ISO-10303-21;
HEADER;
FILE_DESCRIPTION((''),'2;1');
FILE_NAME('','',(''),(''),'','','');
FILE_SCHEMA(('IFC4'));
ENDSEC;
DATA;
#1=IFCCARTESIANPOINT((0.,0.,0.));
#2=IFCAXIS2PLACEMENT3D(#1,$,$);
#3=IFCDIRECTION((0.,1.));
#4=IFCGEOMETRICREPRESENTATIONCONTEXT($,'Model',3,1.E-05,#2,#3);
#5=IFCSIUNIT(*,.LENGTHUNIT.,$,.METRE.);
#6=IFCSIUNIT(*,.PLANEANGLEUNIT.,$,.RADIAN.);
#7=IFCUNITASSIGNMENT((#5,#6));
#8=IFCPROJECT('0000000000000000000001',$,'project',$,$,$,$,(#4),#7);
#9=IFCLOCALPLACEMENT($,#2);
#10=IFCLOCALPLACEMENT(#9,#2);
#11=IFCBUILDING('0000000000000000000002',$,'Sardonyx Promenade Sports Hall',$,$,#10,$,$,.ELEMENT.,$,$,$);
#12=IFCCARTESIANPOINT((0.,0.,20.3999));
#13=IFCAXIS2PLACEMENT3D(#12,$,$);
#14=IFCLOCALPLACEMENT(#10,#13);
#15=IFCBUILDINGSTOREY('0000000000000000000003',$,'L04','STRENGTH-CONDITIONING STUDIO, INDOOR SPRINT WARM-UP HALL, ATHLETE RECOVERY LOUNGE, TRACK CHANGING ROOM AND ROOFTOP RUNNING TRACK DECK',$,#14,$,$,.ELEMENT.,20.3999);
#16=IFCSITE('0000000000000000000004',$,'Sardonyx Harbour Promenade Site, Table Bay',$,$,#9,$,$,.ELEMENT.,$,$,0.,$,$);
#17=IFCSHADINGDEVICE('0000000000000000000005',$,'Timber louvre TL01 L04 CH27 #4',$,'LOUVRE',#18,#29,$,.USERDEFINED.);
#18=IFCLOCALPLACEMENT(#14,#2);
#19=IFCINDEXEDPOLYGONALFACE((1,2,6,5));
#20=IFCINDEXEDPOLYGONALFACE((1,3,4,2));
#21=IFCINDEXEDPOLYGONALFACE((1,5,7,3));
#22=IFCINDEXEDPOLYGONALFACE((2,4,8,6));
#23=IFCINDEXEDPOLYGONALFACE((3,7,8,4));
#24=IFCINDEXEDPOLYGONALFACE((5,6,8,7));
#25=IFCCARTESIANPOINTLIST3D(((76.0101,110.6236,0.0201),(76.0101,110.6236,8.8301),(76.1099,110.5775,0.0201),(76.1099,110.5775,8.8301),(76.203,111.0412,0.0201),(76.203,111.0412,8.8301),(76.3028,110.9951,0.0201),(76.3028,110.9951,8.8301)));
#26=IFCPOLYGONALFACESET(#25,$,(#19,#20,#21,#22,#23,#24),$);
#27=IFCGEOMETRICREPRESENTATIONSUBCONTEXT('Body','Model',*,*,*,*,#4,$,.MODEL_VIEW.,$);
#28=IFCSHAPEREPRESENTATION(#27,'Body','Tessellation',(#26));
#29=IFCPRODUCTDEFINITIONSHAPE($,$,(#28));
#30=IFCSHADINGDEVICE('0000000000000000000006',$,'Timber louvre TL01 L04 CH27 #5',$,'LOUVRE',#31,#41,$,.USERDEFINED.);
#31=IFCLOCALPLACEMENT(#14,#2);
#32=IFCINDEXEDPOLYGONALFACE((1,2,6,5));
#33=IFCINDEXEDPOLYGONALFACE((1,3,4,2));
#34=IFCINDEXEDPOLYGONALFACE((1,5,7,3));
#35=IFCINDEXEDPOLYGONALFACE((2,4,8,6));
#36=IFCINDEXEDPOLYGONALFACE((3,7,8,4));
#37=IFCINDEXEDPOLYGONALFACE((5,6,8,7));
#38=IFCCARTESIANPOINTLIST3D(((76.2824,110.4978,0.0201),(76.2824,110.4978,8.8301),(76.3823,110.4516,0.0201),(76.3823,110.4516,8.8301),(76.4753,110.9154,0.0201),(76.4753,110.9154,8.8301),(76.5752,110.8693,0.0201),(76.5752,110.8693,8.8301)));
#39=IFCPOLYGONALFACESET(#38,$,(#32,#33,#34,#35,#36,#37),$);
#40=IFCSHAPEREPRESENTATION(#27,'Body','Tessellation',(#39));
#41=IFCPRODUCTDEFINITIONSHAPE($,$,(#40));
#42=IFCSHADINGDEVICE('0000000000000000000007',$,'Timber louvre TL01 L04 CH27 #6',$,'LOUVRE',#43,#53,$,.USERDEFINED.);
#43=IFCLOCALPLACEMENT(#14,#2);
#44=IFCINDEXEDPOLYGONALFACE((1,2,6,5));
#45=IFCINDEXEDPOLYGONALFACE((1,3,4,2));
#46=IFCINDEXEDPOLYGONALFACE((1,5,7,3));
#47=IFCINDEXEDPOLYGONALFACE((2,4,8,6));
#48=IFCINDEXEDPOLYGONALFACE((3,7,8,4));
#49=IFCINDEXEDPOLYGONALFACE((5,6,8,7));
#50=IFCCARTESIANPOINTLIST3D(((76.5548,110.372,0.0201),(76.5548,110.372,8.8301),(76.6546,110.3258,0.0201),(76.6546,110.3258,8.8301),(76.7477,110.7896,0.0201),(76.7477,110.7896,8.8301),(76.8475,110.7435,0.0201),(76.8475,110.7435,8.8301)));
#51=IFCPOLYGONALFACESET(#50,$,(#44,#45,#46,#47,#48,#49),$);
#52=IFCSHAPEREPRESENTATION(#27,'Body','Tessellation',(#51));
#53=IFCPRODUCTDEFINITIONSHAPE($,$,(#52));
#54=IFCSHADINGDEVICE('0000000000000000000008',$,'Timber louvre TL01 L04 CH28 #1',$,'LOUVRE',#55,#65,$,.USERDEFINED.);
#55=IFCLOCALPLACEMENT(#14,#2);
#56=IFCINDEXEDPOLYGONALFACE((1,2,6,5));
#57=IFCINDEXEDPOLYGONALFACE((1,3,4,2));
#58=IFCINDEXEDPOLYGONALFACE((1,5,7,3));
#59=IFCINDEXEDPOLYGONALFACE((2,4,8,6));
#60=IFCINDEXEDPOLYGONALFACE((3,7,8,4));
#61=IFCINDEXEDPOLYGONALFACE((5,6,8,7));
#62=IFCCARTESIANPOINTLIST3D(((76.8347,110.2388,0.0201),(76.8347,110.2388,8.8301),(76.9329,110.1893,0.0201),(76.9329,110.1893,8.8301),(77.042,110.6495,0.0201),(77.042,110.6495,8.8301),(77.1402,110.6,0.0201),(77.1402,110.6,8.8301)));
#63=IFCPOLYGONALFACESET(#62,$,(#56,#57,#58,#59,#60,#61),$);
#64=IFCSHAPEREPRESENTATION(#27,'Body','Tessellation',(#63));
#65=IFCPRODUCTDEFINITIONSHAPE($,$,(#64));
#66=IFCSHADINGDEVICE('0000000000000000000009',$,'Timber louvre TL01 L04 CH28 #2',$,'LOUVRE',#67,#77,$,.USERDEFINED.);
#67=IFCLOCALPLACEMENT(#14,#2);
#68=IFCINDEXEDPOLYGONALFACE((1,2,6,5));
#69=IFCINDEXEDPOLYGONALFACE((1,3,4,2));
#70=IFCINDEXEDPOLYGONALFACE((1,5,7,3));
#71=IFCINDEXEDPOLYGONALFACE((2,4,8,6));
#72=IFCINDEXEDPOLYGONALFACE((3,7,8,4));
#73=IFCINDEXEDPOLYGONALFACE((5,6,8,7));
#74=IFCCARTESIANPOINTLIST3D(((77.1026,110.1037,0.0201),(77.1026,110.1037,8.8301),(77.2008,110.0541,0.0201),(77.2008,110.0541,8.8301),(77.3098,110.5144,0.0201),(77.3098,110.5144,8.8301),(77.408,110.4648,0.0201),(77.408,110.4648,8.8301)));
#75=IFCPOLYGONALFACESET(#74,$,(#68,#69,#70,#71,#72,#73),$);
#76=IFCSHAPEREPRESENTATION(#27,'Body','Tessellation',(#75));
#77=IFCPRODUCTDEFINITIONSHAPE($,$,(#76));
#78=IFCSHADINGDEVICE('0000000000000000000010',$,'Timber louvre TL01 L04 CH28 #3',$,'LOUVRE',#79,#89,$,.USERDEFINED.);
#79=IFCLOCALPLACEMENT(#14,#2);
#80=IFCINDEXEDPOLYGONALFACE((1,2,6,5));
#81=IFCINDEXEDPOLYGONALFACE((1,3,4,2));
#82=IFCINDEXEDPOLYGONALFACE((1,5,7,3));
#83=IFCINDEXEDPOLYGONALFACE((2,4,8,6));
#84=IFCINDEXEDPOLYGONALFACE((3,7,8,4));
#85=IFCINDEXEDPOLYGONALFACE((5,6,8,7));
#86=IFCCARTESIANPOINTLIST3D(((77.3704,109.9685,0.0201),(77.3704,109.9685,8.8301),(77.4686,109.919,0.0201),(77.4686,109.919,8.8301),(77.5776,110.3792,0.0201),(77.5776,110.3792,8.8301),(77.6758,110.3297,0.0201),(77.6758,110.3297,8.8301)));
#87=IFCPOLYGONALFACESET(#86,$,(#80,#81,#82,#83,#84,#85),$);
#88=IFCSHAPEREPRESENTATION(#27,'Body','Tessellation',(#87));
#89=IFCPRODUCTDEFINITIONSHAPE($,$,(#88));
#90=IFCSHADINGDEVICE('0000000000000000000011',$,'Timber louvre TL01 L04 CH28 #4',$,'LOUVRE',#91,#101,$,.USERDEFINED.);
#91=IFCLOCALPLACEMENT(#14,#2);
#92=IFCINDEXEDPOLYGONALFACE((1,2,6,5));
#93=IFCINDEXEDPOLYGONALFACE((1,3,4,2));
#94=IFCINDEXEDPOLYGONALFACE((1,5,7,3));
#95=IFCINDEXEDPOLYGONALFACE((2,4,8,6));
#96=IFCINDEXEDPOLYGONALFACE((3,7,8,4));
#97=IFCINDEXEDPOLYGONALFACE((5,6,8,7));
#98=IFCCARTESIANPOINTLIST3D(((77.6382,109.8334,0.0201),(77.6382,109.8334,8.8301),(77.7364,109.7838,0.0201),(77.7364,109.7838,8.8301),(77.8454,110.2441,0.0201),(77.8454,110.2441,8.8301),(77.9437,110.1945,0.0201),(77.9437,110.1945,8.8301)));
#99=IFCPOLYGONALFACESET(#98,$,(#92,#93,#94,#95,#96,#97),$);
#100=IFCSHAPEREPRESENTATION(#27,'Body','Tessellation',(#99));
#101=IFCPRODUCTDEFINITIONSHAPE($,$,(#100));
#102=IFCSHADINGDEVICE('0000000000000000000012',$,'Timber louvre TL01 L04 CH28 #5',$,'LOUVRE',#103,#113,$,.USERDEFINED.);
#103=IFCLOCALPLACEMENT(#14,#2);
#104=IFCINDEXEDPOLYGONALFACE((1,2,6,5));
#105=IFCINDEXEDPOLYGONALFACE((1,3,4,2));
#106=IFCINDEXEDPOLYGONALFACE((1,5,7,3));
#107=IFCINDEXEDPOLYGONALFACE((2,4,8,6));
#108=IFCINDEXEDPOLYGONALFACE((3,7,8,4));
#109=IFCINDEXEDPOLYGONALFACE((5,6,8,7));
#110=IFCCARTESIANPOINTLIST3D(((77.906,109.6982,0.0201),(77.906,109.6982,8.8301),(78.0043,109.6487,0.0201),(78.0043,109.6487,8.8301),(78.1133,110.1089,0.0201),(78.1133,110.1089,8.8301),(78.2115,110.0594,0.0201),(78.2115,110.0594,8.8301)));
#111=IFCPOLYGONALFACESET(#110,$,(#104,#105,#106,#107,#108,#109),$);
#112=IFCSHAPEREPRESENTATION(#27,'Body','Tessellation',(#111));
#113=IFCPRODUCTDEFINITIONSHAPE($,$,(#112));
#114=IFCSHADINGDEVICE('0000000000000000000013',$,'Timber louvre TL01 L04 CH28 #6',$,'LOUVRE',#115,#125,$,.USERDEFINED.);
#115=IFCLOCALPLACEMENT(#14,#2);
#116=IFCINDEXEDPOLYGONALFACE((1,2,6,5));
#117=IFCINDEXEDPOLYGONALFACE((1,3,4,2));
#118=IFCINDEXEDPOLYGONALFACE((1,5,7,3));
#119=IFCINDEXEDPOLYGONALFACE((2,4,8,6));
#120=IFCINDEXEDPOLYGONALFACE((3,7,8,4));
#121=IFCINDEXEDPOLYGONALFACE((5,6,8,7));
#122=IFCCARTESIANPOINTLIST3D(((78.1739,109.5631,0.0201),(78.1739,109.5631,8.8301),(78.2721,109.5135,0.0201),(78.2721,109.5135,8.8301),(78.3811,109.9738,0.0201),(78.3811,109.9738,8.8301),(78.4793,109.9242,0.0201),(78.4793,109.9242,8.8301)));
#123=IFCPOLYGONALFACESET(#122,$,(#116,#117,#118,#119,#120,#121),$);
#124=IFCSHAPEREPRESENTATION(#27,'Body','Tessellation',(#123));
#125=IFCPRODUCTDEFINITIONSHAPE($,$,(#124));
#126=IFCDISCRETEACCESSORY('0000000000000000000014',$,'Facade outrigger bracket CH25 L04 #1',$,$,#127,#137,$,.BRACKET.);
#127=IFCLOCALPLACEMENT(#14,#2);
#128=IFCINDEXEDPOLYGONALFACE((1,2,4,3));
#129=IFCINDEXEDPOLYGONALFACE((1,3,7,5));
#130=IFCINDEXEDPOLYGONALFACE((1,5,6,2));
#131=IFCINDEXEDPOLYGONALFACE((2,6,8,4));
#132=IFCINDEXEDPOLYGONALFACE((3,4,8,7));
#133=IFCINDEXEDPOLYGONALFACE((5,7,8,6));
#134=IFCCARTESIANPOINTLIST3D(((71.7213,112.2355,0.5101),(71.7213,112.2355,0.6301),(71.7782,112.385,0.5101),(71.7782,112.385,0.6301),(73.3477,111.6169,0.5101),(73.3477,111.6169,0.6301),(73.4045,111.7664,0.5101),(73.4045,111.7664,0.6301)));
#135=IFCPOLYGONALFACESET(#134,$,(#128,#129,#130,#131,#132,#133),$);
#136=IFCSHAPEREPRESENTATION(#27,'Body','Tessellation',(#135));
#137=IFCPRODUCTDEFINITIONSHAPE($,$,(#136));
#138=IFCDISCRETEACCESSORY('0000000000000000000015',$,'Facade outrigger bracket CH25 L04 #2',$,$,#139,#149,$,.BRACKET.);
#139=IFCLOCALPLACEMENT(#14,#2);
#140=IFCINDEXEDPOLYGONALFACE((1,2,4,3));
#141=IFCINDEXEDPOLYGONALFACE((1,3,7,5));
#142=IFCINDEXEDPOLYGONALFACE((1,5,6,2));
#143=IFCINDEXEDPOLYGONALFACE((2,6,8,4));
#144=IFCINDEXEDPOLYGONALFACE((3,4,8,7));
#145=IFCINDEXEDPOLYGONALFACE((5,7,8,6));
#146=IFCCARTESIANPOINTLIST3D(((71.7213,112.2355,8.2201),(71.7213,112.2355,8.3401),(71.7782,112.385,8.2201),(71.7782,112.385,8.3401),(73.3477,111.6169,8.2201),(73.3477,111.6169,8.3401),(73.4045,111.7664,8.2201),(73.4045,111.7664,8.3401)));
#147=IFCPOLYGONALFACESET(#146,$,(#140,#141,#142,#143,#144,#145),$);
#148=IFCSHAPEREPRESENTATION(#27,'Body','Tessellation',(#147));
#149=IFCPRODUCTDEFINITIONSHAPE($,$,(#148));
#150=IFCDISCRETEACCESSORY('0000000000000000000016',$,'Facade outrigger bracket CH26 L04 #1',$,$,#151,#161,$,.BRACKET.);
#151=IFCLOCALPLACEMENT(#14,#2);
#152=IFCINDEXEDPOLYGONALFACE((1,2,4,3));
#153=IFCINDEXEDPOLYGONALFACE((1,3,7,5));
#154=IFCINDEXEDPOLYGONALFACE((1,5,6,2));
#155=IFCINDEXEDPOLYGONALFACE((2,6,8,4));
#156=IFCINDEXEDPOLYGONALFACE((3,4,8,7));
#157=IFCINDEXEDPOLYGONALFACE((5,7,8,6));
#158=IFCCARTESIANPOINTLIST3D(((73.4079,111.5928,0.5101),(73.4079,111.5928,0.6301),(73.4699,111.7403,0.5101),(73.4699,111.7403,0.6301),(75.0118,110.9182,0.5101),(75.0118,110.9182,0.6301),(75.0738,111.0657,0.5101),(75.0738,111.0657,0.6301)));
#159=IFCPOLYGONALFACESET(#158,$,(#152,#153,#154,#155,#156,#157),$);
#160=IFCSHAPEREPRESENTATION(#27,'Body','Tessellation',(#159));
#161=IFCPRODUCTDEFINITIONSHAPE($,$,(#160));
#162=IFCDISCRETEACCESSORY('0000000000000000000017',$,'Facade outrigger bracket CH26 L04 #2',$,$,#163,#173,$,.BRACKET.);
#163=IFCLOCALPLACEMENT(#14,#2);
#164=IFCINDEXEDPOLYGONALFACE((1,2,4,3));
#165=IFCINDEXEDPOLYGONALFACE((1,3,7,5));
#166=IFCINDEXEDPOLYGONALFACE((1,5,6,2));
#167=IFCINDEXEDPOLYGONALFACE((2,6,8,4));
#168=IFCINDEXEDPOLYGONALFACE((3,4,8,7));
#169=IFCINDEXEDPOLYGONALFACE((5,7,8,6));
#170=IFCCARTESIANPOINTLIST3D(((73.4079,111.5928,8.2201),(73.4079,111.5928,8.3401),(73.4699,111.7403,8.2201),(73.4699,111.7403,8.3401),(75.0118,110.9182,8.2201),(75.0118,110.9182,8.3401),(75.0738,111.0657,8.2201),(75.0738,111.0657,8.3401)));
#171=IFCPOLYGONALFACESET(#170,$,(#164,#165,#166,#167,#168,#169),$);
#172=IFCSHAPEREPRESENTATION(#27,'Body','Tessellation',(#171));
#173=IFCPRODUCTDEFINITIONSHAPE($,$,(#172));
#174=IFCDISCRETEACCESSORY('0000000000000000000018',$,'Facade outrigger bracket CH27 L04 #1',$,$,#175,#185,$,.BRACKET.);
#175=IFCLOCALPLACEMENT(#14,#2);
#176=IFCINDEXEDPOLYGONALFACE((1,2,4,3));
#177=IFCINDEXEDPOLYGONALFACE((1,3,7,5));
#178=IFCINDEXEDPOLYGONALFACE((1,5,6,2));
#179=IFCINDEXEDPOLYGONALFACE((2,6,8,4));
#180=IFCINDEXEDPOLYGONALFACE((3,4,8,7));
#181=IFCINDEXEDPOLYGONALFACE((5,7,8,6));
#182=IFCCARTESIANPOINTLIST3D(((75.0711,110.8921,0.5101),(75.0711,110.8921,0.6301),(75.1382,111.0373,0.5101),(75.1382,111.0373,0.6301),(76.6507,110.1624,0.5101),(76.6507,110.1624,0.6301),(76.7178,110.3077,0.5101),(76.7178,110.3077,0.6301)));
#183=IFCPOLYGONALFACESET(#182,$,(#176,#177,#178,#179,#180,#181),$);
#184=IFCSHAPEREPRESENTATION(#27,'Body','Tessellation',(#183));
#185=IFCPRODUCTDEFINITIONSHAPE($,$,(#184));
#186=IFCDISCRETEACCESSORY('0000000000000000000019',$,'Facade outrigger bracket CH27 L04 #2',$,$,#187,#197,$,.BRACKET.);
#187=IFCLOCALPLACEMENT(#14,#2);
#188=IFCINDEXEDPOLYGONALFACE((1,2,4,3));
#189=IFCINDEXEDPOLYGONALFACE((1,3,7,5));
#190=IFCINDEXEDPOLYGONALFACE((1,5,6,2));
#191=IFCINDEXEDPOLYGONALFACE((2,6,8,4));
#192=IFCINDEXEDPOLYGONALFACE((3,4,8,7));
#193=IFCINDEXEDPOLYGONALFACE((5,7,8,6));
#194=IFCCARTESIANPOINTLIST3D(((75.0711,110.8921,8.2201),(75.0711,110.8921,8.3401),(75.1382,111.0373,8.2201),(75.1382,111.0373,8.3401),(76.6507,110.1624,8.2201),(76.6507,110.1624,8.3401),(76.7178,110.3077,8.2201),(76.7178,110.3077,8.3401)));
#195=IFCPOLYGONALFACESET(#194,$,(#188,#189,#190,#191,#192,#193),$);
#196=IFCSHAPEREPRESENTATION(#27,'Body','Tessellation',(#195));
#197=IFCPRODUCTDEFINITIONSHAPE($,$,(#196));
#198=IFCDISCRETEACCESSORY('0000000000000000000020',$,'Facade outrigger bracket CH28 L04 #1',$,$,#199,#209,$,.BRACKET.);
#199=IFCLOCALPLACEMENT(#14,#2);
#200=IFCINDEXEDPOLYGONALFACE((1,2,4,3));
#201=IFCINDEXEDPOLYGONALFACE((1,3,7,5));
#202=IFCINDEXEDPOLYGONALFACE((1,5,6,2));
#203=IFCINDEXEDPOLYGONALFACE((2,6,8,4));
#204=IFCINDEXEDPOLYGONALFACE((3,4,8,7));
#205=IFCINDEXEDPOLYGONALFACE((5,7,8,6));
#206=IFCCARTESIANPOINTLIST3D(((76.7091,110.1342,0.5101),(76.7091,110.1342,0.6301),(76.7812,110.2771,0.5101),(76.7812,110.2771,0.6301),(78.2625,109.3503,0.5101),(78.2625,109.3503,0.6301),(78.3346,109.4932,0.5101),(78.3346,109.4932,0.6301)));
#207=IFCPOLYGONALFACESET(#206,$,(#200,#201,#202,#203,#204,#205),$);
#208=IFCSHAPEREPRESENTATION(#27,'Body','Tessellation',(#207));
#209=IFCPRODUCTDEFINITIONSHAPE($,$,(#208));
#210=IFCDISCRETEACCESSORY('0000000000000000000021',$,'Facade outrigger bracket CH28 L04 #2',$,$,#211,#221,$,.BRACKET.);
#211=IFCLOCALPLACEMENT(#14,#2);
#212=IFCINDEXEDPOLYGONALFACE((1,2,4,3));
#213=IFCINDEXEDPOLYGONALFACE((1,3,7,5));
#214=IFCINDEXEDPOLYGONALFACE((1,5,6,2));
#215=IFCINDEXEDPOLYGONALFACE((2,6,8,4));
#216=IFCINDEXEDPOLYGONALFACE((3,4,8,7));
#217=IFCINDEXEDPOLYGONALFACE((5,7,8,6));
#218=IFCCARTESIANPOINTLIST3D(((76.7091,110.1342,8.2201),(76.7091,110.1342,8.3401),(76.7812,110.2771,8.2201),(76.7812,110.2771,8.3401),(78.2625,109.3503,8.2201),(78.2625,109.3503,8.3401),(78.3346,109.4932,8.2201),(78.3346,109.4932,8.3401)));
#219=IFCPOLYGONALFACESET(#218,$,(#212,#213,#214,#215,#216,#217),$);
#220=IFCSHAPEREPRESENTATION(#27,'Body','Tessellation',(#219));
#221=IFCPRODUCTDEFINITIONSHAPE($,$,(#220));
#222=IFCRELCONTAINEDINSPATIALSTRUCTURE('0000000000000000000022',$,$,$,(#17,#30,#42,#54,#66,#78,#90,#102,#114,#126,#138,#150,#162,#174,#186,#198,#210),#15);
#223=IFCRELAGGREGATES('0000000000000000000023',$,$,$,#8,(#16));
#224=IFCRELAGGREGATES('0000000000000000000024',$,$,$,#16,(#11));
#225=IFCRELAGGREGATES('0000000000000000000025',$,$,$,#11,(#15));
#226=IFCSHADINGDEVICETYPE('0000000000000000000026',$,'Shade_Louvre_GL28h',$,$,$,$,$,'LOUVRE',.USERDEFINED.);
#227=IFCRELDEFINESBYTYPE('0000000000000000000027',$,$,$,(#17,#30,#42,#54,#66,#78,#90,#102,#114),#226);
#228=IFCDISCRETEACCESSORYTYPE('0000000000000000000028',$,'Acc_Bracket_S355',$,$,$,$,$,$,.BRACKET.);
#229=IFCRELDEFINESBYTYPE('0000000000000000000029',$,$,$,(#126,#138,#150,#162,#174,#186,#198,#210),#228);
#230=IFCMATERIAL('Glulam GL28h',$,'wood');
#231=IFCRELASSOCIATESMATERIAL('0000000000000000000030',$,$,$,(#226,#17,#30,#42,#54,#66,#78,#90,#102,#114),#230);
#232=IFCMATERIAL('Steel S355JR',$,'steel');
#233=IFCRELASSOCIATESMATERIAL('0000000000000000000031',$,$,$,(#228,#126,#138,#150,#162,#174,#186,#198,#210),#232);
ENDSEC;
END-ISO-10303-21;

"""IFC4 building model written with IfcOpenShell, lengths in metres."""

from ifc_helpers import new_model, si_unit, direction, frame, origin, place, context, subcontext, project, spatial, rectangle, extrude, material, type_object, element, save


model = new_model("IFC4")

# Units and contexts
model_context = context("Model", 3, precision=1e-05, world=origin(), true_north=direction((0.0, 1.0)))
body_context = subcontext(model_context, "Body", "Model", "MODEL_VIEW")
ifc_project = project(units=[si_unit("LENGTHUNIT", "METRE"), si_unit("PLANEANGLEUNIT", "RADIAN")], contexts=[model_context])

# Site, building, storey
site_placement = place(None, origin())
site = spatial("IfcSite", under=ifc_project, at=site_placement, Name="Sardonyx Harbour Promenade Site, Table Bay", CompositionType="ELEMENT", RefElevation=0.0)
building_placement = place(site_placement, origin())
building = spatial("IfcBuilding", under=site, at=building_placement, Name="Sardonyx Promenade Sports Hall", CompositionType="ELEMENT")
storey_placement = place(building_placement, frame((0.0, 0.0, 20.3999)))
storey = spatial("IfcBuildingStorey", under=building, at=storey_placement, Name="L04", Description="STRENGTH-CONDITIONING STUDIO, INDOOR SPRINT WARM-UP HALL, ATHLETE RECOVERY LOUNGE, TRACK CHANGING ROOM AND ROOFTOP RUNNING TRACK DECK", CompositionType="ELEMENT", Elevation=20.3999)

# Shading devices
ifc_material_1 = material(Name="Glulam GL28h", Category="wood")
shading_device_type = type_object("IfcShadingDeviceType", Name="Shade_Louvre_GL28h", ElementType="LOUVRE", PredefinedType="USERDEFINED", material=ifc_material_1)
for number, where, z_axis, x_axis, name in (
    (1, (76.1564, 110.8093, 0.0201), (0.0, 0.0, 1.0), (0.907831, -0.419336, 0.0), "Timber louvre TL01 L04 CH27 #4"),
    (2, (76.4288, 110.6835, 0.0201), (0.0, 0.0, 1.0), (0.907831, -0.419336, 0.0), "Timber louvre TL01 L04 CH27 #5"),
    (3, (76.7011, 110.5577, 0.0201), (0.0, 0.0, 1.0), (0.907831, -0.419336, 0.0), "Timber louvre TL01 L04 CH27 #6"),
    (4, (76.9874, 110.4194, 0.0201), (0.0, 0.0, 1.0), (0.892774, -0.450505, 0.0), "Timber louvre TL01 L04 CH28 #1"),
    (5, (77.2553, 110.2843, 0.0201), (0.0, 0.0, 1.0), (0.892774, -0.450505, 0.0), "Timber louvre TL01 L04 CH28 #2"),
    (6, (77.5231, 110.1491, 0.0201), (0.0, 0.0, 1.0), (0.892774, -0.450505, 0.0), "Timber louvre TL01 L04 CH28 #3"),
    (7, (77.7909, 110.014, 0.0201), (0.0, 0.0, 1.0), (0.892774, -0.450505, 0.0), "Timber louvre TL01 L04 CH28 #4"),
    (8, (78.0588, 109.8788, 0.0201), (0.0, 0.0, 1.0), (0.892774, -0.450505, 0.0), "Timber louvre TL01 L04 CH28 #5"),
    (9, (78.3266, 109.7437, 0.0201), (0.0, 0.0, 1.0), (0.892774, -0.450505, 0.0), "Timber louvre TL01 L04 CH28 #6"),
):
    element("IfcShadingDevice", number, at=place(storey_placement, frame(where, z_axis=z_axis, x_axis=x_axis)), inside=storey, type_object=shading_device_type, material=ifc_material_1, Name=name, ObjectType="LOUVRE", PredefinedType="USERDEFINED", context=body_context, shape_type="SweptSolid", body=[
        extrude(rectangle(XDim=0.11, YDim=0.46), origin(), (0.0, 0.0, 1.0), 8.81),
    ])

# Discrete accessories
ifc_material_2 = material(Name="Steel S355JR", Category="steel")
discrete_accessory_type = type_object("IfcDiscreteAccessoryType", Name="Acc_Bracket_S355", PredefinedType="BRACKET", material=ifc_material_2)
for number, where, z_axis, x_axis, name in (
    (10, (72.5629, 112.0009, 0.5101), (0.0, 0.0, 1.0), (0.934666, -0.355528, 0.0), "Facade outrigger bracket CH25 L04 #1"),
    (11, (72.5629, 112.0009, 8.2201), (0.0, 0.0, 1.0), (0.934666, -0.355528, 0.0), "Facade outrigger bracket CH25 L04 #2"),
    (12, (74.2408, 111.3292, 0.5101), (0.0, 0.0, 1.0), (0.9218, -0.387665, 0.0), "Facade outrigger bracket CH26 L04 #1"),
    (13, (74.2408, 111.3292, 8.2201), (0.0, 0.0, 1.0), (0.9218, -0.387665, 0.0), "Facade outrigger bracket CH26 L04 #2"),
    (14, (75.8945, 110.5999, 0.5101), (0.0, 0.0, 1.0), (0.907831, -0.419336, 0.0), "Facade outrigger bracket CH27 L04 #1"),
    (15, (75.8945, 110.5999, 8.2201), (0.0, 0.0, 1.0), (0.907831, -0.419336, 0.0), "Facade outrigger bracket CH27 L04 #2"),
    (16, (77.5219, 109.8137, 0.5101), (0.0, 0.0, 1.0), (0.892774, -0.450505, 0.0), "Facade outrigger bracket CH28 L04 #1"),
    (17, (77.5219, 109.8137, 8.2201), (0.0, 0.0, 1.0), (0.892774, -0.450505, 0.0), "Facade outrigger bracket CH28 L04 #2"),
):
    element("IfcDiscreteAccessory", number, at=place(storey_placement, frame(where, z_axis=z_axis, x_axis=x_axis)), inside=storey, type_object=discrete_accessory_type, material=ifc_material_2, Name=name, PredefinedType="BRACKET", context=body_context, shape_type="SweptSolid", body=[
        extrude(rectangle(XDim=1.74, YDim=0.16), origin(), (0.0, 0.0, 1.0), 0.12),
    ])

save(model, "model.ifc")
